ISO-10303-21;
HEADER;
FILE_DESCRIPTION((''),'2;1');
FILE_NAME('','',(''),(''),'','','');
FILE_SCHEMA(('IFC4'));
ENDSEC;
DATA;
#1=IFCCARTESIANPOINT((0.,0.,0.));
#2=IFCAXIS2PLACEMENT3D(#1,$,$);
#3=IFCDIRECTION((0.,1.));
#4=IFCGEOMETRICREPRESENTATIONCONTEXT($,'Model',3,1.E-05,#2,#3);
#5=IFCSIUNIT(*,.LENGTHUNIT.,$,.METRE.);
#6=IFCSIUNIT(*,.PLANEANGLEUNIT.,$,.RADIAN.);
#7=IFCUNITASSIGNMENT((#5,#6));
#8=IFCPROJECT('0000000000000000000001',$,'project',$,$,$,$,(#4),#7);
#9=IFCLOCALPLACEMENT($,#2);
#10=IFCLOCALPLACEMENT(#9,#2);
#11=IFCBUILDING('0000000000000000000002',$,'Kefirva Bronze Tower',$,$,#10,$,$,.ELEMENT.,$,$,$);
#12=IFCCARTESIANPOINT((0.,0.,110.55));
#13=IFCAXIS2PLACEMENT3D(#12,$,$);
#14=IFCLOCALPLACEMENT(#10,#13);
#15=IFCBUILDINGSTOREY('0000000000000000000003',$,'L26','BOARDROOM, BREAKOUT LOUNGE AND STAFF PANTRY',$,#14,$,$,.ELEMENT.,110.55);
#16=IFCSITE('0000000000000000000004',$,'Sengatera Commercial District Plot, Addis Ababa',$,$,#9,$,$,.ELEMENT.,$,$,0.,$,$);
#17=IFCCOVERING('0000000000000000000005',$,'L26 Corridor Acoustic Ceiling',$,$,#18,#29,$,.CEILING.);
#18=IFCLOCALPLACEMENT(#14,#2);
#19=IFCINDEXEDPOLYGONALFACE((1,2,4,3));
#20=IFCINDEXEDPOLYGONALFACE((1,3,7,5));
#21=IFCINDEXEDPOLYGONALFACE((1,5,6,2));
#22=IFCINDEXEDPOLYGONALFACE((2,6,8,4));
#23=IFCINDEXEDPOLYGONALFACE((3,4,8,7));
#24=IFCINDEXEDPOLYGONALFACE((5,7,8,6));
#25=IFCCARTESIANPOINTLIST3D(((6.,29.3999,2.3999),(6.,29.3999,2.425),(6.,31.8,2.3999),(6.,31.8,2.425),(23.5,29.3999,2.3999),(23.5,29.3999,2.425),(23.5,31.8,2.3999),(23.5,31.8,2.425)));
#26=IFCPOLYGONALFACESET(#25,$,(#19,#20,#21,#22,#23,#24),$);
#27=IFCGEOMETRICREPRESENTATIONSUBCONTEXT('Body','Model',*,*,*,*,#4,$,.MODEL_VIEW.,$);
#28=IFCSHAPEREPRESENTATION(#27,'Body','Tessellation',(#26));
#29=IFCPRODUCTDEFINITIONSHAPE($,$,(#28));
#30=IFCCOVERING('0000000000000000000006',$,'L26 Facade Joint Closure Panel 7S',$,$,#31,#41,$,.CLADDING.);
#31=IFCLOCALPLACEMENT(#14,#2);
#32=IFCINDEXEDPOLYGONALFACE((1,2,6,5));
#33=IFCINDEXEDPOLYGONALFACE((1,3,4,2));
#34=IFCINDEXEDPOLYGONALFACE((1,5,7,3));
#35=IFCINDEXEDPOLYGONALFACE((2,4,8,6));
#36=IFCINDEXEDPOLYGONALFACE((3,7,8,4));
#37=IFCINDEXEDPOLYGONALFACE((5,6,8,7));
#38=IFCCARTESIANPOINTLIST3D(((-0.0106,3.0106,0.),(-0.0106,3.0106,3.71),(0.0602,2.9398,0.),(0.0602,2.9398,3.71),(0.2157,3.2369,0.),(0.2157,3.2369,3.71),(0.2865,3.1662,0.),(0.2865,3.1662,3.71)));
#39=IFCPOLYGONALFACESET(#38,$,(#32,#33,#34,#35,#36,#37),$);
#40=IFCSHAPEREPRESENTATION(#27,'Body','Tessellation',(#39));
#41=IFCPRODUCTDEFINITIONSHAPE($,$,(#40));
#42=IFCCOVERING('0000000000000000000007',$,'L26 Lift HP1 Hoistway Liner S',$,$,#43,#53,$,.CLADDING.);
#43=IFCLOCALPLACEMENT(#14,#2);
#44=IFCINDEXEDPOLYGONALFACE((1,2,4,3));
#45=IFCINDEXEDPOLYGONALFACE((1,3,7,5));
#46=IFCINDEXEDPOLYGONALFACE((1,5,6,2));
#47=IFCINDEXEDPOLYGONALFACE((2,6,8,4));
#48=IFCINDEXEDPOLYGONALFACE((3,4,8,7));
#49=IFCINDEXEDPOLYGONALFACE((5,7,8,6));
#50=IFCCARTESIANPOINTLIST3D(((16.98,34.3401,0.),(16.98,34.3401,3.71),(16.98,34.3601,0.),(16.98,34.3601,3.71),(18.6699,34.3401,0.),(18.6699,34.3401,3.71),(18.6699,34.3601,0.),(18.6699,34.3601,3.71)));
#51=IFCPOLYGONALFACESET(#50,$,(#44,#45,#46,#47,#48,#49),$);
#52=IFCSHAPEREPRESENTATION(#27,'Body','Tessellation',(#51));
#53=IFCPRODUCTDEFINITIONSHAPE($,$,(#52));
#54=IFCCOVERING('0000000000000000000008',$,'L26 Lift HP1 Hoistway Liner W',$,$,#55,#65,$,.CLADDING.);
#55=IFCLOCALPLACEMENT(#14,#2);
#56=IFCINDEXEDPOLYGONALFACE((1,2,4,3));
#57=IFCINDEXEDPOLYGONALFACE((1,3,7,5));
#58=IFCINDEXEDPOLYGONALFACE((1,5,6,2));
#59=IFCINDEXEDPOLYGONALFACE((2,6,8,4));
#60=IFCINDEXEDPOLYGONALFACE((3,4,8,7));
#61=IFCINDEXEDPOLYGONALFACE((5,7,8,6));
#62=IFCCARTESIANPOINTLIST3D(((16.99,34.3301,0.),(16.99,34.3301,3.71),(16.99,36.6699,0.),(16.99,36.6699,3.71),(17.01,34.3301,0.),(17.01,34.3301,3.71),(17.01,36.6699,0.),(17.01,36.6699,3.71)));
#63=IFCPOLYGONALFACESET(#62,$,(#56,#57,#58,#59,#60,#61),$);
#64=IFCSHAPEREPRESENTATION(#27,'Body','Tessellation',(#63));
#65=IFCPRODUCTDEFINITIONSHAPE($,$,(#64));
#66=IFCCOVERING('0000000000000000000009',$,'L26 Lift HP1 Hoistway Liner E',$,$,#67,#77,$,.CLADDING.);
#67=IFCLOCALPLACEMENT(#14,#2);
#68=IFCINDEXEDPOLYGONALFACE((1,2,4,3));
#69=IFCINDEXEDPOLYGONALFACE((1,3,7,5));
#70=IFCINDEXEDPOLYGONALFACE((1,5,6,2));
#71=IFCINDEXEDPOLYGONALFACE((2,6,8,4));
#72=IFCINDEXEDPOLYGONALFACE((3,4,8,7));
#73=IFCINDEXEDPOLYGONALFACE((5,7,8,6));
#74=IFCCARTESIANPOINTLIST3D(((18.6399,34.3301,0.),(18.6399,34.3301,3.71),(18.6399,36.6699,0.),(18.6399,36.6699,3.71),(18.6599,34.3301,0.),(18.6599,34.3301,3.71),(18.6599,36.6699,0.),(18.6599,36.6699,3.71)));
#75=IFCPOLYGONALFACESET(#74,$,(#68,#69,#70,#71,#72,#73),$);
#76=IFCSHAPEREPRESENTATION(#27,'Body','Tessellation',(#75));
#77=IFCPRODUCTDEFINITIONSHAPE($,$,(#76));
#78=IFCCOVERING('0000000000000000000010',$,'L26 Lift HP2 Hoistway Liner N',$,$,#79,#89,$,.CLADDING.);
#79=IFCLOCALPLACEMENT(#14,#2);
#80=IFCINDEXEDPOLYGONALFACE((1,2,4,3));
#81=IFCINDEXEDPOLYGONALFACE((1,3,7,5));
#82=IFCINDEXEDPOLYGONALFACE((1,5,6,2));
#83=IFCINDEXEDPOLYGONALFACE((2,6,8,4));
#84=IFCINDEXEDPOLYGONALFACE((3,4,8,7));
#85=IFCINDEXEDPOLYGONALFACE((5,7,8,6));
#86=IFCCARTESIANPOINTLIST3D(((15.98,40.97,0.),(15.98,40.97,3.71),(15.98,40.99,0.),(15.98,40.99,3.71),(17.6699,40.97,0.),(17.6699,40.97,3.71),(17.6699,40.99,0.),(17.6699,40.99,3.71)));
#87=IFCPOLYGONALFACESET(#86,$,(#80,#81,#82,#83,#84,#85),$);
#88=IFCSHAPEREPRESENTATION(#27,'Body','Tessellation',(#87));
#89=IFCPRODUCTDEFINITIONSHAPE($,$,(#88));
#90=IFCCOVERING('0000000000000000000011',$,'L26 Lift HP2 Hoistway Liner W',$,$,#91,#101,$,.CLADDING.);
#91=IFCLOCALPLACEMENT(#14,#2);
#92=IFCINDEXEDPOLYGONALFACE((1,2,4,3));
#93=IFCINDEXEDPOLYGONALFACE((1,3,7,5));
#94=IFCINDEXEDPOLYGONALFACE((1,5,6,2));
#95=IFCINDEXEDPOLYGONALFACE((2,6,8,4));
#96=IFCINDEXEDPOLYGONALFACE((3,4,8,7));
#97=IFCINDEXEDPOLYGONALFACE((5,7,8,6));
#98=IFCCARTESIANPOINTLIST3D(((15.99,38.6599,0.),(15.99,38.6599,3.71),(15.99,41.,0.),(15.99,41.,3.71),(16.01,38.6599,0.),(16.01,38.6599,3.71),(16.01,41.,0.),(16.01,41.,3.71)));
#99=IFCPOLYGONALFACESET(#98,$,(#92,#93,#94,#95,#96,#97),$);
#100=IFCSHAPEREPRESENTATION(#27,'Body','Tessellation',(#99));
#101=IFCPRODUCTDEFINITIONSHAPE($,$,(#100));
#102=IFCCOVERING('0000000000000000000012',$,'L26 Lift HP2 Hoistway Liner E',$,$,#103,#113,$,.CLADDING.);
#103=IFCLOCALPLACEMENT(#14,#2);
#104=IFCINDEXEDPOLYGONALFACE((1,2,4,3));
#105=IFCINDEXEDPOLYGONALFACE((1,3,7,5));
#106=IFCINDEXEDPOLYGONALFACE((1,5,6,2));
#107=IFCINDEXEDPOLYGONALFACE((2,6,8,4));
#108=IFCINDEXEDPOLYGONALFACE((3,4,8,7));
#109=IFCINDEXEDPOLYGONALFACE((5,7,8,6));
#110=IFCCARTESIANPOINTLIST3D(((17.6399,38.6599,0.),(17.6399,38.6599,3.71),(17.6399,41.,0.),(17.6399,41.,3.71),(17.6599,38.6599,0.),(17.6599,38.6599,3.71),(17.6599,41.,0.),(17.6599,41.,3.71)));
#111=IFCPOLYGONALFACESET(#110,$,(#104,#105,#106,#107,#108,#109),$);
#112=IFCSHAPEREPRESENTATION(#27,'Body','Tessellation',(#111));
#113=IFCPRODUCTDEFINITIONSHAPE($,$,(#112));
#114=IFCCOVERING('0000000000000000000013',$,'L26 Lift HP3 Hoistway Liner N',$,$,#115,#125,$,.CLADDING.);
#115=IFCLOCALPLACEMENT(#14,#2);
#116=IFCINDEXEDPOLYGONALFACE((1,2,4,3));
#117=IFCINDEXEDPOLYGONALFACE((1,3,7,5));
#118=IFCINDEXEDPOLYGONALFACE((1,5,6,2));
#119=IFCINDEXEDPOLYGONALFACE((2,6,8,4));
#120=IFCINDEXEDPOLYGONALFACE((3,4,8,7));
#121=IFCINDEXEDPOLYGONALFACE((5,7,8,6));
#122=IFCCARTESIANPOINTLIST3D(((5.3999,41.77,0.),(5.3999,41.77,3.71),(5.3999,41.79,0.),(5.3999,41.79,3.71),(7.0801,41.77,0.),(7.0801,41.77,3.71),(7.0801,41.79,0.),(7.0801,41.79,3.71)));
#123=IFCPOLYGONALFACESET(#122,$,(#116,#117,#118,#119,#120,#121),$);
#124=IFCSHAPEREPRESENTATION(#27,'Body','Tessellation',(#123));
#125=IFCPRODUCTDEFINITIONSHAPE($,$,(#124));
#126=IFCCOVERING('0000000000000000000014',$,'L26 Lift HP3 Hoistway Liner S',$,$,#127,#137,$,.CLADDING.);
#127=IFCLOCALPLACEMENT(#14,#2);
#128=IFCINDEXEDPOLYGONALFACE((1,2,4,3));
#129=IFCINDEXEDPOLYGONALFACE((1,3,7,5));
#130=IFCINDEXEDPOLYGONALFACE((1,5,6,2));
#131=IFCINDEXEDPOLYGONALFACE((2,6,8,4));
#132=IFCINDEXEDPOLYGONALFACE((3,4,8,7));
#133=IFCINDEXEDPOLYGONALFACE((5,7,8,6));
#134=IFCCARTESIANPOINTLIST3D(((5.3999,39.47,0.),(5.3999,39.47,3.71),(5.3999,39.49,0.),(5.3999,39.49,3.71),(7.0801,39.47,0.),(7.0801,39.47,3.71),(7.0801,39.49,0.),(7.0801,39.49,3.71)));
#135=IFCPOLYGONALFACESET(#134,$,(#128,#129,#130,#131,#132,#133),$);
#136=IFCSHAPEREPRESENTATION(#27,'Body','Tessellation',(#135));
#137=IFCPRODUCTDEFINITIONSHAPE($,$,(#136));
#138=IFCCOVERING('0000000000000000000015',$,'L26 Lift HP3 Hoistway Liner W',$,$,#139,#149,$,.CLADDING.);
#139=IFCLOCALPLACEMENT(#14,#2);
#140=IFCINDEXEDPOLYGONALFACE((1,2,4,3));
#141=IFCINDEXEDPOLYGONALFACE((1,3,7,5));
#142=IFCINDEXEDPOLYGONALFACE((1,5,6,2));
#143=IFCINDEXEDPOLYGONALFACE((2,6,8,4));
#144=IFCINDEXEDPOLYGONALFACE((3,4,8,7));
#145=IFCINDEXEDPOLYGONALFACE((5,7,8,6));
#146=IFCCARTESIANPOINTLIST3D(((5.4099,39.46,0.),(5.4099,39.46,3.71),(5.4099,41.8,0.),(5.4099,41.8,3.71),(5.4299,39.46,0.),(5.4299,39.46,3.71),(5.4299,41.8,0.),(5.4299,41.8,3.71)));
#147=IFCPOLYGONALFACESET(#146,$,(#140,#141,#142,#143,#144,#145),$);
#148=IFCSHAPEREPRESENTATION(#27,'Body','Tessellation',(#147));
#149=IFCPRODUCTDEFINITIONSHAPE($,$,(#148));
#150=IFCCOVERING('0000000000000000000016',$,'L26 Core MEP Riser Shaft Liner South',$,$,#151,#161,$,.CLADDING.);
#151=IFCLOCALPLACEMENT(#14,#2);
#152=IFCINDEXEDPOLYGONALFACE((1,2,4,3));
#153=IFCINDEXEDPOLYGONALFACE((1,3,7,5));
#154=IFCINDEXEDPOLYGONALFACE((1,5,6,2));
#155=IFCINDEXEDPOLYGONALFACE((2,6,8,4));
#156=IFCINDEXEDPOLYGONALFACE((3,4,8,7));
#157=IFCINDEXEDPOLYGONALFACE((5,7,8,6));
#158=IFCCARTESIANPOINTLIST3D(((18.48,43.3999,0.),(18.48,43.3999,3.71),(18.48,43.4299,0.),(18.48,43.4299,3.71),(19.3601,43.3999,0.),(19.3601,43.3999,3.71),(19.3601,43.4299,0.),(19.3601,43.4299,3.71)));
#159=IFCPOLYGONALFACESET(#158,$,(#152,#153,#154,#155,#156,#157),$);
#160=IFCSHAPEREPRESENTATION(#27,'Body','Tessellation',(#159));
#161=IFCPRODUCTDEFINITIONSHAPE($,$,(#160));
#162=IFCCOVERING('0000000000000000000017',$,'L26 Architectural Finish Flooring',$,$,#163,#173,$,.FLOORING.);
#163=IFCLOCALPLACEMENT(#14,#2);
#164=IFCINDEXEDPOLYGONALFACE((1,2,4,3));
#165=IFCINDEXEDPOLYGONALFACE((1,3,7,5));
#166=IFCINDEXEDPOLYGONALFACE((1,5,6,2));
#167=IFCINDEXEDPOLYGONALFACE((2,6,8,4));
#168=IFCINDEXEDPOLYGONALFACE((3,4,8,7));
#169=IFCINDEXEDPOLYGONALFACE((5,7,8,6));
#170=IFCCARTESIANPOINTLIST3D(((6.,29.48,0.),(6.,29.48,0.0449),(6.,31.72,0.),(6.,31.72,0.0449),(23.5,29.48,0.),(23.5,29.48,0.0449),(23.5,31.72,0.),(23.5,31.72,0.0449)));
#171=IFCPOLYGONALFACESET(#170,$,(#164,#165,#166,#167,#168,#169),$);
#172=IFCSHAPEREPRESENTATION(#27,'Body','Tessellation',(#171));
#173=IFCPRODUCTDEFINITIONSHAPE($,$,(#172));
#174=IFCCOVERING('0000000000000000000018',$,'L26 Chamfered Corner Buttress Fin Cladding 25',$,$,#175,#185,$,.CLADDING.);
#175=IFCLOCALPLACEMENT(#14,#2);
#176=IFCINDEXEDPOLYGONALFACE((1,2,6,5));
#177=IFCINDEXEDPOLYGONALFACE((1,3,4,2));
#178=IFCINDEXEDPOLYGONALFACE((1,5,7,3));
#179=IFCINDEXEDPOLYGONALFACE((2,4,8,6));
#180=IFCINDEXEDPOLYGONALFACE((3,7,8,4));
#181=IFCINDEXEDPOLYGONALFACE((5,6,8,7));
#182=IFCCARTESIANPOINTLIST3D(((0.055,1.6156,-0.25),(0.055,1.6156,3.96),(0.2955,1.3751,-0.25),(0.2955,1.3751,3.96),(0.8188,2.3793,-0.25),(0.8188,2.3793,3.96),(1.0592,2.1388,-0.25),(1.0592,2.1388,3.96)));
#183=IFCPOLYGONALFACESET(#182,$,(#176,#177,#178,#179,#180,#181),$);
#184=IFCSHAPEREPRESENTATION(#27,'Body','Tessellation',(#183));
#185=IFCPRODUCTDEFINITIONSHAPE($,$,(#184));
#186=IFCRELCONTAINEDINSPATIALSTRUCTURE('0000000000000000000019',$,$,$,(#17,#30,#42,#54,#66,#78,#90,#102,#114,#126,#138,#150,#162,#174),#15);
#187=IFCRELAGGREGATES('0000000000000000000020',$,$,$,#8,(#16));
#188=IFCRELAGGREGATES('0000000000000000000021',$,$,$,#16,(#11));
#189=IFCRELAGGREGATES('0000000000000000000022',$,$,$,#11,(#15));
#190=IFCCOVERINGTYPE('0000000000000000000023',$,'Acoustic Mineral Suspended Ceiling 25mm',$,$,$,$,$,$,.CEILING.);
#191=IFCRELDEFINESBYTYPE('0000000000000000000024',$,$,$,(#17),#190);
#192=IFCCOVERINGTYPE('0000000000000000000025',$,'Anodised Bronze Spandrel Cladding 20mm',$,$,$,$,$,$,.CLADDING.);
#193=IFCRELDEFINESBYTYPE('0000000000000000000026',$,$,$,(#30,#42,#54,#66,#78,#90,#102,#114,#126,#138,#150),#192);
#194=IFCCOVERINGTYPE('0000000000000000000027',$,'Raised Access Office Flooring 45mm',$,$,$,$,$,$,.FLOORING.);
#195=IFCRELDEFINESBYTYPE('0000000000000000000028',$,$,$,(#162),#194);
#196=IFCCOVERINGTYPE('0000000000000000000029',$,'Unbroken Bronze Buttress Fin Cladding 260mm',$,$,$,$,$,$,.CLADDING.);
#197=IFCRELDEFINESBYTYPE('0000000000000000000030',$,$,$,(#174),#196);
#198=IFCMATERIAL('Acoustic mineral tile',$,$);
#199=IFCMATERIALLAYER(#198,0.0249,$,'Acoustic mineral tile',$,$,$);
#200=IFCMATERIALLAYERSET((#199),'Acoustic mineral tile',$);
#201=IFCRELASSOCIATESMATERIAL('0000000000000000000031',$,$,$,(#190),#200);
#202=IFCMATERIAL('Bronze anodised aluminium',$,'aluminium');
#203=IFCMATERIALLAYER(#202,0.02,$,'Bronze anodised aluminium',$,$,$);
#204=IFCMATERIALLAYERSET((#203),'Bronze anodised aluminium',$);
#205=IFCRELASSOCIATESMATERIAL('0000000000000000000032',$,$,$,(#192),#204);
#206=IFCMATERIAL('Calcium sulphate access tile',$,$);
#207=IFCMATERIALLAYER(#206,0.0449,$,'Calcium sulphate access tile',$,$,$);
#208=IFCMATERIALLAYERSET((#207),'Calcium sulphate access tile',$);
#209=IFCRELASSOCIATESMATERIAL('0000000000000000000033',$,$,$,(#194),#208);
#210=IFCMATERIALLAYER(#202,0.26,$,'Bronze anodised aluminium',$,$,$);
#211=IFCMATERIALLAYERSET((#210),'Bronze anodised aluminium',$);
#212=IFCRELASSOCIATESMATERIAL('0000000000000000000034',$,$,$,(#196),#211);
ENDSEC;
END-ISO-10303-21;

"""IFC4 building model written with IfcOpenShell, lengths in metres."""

from ifc_helpers import new_model, si_unit, direction, frame, origin, origin_2d, place, context, subcontext, project, spatial, polyline, rectangle, outline, extrude, material, layer, layer_set, type_object, element, save


model = new_model("IFC4")

# Units and contexts
model_context = context("Model", 3, precision=1e-05, world=origin(), true_north=direction((0.0, 1.0)))
body_context = subcontext(model_context, "Body", "Model", "MODEL_VIEW")
ifc_project = project(units=[si_unit("LENGTHUNIT", "METRE"), si_unit("PLANEANGLEUNIT", "RADIAN")], contexts=[model_context])

# Site, building, storey
site_placement = place(None, origin())
site = spatial("IfcSite", under=ifc_project, at=site_placement, Name="Sengatera Commercial District Plot, Addis Ababa", CompositionType="ELEMENT", RefElevation=0.0)
building_placement = place(site_placement, origin())
building = spatial("IfcBuilding", under=site, at=building_placement, Name="Kefirva Bronze Tower", CompositionType="ELEMENT")
storey_placement = place(building_placement, frame((0.0, 0.0, 110.55)))
storey = spatial("IfcBuildingStorey", under=building, at=storey_placement, Name="L26", Description="BOARDROOM, BREAKOUT LOUNGE AND STAFF PANTRY", CompositionType="ELEMENT", Elevation=110.55)

# Shared definitions
ifc_material_1 = material(Name="Bronze anodised aluminium", Category="aluminium")

# Coverings
ifc_material_2 = material(Name="Acoustic mineral tile")
ifc_layer_1 = layer(ifc_material_2, 0.0249, Name="Acoustic mineral tile")
ifc_layer_set_1 = layer_set([ifc_layer_1], Name="Acoustic mineral tile")
covering_type_1 = type_object("IfcCoveringType", Name="Acoustic Mineral Suspended Ceiling 25mm", PredefinedType="CEILING", material=ifc_layer_set_1)
covering_1_placement = place(storey_placement, frame((0.0, 0.0, 2.3999)))
element("IfcCovering", 1, at=covering_1_placement, inside=storey, type_object=covering_type_1, Name="L26 Corridor Acoustic Ceiling", PredefinedType="CEILING", context=body_context, shape_type="SweptSolid", body=[
    extrude(outline(polyline([(6.0, 29.3999), (23.5, 29.3999), (23.5, 31.8), (6.0, 31.8), (6.0, 29.3999)])), origin(), (0.0, 0.0, 1.0), 0.0251),
])
ifc_layer_2 = layer(ifc_material_1, 0.02, Name="Bronze anodised aluminium")
ifc_layer_set_2 = layer_set([ifc_layer_2], Name="Bronze anodised aluminium")
covering_type_2 = type_object("IfcCoveringType", Name="Anodised Bronze Spandrel Cladding 20mm", PredefinedType="CLADDING", material=ifc_layer_set_2)
covering_2_placement = place(storey_placement, frame((0.1379, 3.0884, 0.0), z_axis=(0.0, 0.0, 1.0), x_axis=(0.707107, -0.707107, 0.0)))
element("IfcCovering", 2, at=covering_2_placement, inside=storey, type_object=covering_type_2, Name="L26 Facade Joint Closure Panel 7S", PredefinedType="CLADDING", context=body_context, shape_type="SweptSolid", body=[
    extrude(rectangle(XDim=0.1001, YDim=0.3201, at=origin_2d()), origin(), (0.0, 0.0, 1.0), 3.71),
])
covering_3_placement = place(storey_placement, origin())
element("IfcCovering", 3, at=covering_3_placement, inside=storey, type_object=covering_type_2, Name="L26 Lift HP1 Hoistway Liner S", PredefinedType="CLADDING", context=body_context, shape_type="SweptSolid", body=[
    extrude(outline(polyline([(16.98, 34.3401), (18.6699, 34.3401), (18.6699, 34.3601), (16.98, 34.3601), (16.98, 34.3401)])), origin(), (0.0, 0.0, 1.0), 3.71),
])
covering_4_placement = place(storey_placement, origin())
element("IfcCovering", 4, at=covering_4_placement, inside=storey, type_object=covering_type_2, Name="L26 Lift HP1 Hoistway Liner W", PredefinedType="CLADDING", context=body_context, shape_type="SweptSolid", body=[
    extrude(outline(polyline([(16.99, 34.3301), (17.01, 34.3301), (17.01, 36.6699), (16.99, 36.6699), (16.99, 34.3301)])), origin(), (0.0, 0.0, 1.0), 3.71),
])
covering_5_placement = place(storey_placement, origin())
element("IfcCovering", 5, at=covering_5_placement, inside=storey, type_object=covering_type_2, Name="L26 Lift HP1 Hoistway Liner E", PredefinedType="CLADDING", context=body_context, shape_type="SweptSolid", body=[
    extrude(outline(polyline([(18.6399, 34.3301), (18.6599, 34.3301), (18.6599, 36.6699), (18.6399, 36.6699), (18.6399, 34.3301)])), origin(), (0.0, 0.0, 1.0), 3.71),
])
covering_6_placement = place(storey_placement, origin())
element("IfcCovering", 6, at=covering_6_placement, inside=storey, type_object=covering_type_2, Name="L26 Lift HP2 Hoistway Liner N", PredefinedType="CLADDING", context=body_context, shape_type="SweptSolid", body=[
    extrude(outline(polyline([(15.98, 40.97), (17.6699, 40.97), (17.6699, 40.99), (15.98, 40.99), (15.98, 40.97)])), origin(), (0.0, 0.0, 1.0), 3.71),
])
covering_7_placement = place(storey_placement, origin())
element("IfcCovering", 7, at=covering_7_placement, inside=storey, type_object=covering_type_2, Name="L26 Lift HP2 Hoistway Liner W", PredefinedType="CLADDING", context=body_context, shape_type="SweptSolid", body=[
    extrude(outline(polyline([(15.99, 38.6599), (16.01, 38.6599), (16.01, 41.0), (15.99, 41.0), (15.99, 38.6599)])), origin(), (0.0, 0.0, 1.0), 3.71),
])
covering_8_placement = place(storey_placement, origin())
element("IfcCovering", 8, at=covering_8_placement, inside=storey, type_object=covering_type_2, Name="L26 Lift HP2 Hoistway Liner E", PredefinedType="CLADDING", context=body_context, shape_type="SweptSolid", body=[
    extrude(outline(polyline([(17.6399, 38.6599), (17.6599, 38.6599), (17.6599, 41.0), (17.6399, 41.0), (17.6399, 38.6599)])), origin(), (0.0, 0.0, 1.0), 3.71),
])
covering_9_placement = place(storey_placement, origin())
element("IfcCovering", 9, at=covering_9_placement, inside=storey, type_object=covering_type_2, Name="L26 Lift HP3 Hoistway Liner N", PredefinedType="CLADDING", context=body_context, shape_type="SweptSolid", body=[
    extrude(outline(polyline([(5.3999, 41.77), (7.0801, 41.77), (7.0801, 41.79), (5.3999, 41.79), (5.3999, 41.77)])), origin(), (0.0, 0.0, 1.0), 3.71),
])
covering_10_placement = place(storey_placement, origin())
element("IfcCovering", 10, at=covering_10_placement, inside=storey, type_object=covering_type_2, Name="L26 Lift HP3 Hoistway Liner S", PredefinedType="CLADDING", context=body_context, shape_type="SweptSolid", body=[
    extrude(outline(polyline([(5.3999, 39.47), (7.0801, 39.47), (7.0801, 39.49), (5.3999, 39.49), (5.3999, 39.47)])), origin(), (0.0, 0.0, 1.0), 3.71),
])
covering_11_placement = place(storey_placement, origin())
element("IfcCovering", 11, at=covering_11_placement, inside=storey, type_object=covering_type_2, Name="L26 Lift HP3 Hoistway Liner W", PredefinedType="CLADDING", context=body_context, shape_type="SweptSolid", body=[
    extrude(outline(polyline([(5.4099, 39.46), (5.4299, 39.46), (5.4299, 41.8), (5.4099, 41.8), (5.4099, 39.46)])), origin(), (0.0, 0.0, 1.0), 3.71),
])
covering_12_placement = place(storey_placement, origin())
element("IfcCovering", 12, at=covering_12_placement, inside=storey, type_object=covering_type_2, Name="L26 Core MEP Riser Shaft Liner South", PredefinedType="CLADDING", context=body_context, shape_type="SweptSolid", body=[
    extrude(outline(polyline([(18.48, 43.3999), (19.3601, 43.3999), (19.3601, 43.4299), (18.48, 43.4299), (18.48, 43.3999)])), origin(), (0.0, 0.0, 1.0), 3.71),
])
ifc_material_3 = material(Name="Calcium sulphate access tile")
ifc_layer_3 = layer(ifc_material_3, 0.0449, Name="Calcium sulphate access tile")
ifc_layer_set_3 = layer_set([ifc_layer_3], Name="Calcium sulphate access tile")
covering_type_3 = type_object("IfcCoveringType", Name="Raised Access Office Flooring 45mm", PredefinedType="FLOORING", material=ifc_layer_set_3)
covering_13_placement = place(storey_placement, origin())
element("IfcCovering", 13, at=covering_13_placement, inside=storey, type_object=covering_type_3, Name="L26 Architectural Finish Flooring", PredefinedType="FLOORING", context=body_context, shape_type="SweptSolid", body=[
    extrude(outline(polyline([(6.0, 29.48), (23.5, 29.48), (23.5, 31.72), (6.0, 31.72), (6.0, 29.48)])), origin(), (0.0, 0.0, 1.0), 0.0449),
])
ifc_layer_4 = layer(ifc_material_1, 0.26, Name="Bronze anodised aluminium")
ifc_layer_set_4 = layer_set([ifc_layer_4], Name="Bronze anodised aluminium")
covering_type_4 = type_object("IfcCoveringType", Name="Unbroken Bronze Buttress Fin Cladding 260mm", PredefinedType="CLADDING", material=ifc_layer_set_4)
covering_14_placement = place(storey_placement, frame((0.5571, 1.8772, -0.25), z_axis=(0.0, 0.0, 1.0), x_axis=(0.707107, -0.707107, 0.0)))
element("IfcCovering", 14, at=covering_14_placement, inside=storey, type_object=covering_type_4, Name="L26 Chamfered Corner Buttress Fin Cladding 25", PredefinedType="CLADDING", context=body_context, shape_type="SweptSolid", body=[
    extrude(rectangle(XDim=0.3401, YDim=1.0801, at=origin_2d()), origin(), (0.0, 0.0, 1.0), 4.21),
])

save(model, "model.ifc")
